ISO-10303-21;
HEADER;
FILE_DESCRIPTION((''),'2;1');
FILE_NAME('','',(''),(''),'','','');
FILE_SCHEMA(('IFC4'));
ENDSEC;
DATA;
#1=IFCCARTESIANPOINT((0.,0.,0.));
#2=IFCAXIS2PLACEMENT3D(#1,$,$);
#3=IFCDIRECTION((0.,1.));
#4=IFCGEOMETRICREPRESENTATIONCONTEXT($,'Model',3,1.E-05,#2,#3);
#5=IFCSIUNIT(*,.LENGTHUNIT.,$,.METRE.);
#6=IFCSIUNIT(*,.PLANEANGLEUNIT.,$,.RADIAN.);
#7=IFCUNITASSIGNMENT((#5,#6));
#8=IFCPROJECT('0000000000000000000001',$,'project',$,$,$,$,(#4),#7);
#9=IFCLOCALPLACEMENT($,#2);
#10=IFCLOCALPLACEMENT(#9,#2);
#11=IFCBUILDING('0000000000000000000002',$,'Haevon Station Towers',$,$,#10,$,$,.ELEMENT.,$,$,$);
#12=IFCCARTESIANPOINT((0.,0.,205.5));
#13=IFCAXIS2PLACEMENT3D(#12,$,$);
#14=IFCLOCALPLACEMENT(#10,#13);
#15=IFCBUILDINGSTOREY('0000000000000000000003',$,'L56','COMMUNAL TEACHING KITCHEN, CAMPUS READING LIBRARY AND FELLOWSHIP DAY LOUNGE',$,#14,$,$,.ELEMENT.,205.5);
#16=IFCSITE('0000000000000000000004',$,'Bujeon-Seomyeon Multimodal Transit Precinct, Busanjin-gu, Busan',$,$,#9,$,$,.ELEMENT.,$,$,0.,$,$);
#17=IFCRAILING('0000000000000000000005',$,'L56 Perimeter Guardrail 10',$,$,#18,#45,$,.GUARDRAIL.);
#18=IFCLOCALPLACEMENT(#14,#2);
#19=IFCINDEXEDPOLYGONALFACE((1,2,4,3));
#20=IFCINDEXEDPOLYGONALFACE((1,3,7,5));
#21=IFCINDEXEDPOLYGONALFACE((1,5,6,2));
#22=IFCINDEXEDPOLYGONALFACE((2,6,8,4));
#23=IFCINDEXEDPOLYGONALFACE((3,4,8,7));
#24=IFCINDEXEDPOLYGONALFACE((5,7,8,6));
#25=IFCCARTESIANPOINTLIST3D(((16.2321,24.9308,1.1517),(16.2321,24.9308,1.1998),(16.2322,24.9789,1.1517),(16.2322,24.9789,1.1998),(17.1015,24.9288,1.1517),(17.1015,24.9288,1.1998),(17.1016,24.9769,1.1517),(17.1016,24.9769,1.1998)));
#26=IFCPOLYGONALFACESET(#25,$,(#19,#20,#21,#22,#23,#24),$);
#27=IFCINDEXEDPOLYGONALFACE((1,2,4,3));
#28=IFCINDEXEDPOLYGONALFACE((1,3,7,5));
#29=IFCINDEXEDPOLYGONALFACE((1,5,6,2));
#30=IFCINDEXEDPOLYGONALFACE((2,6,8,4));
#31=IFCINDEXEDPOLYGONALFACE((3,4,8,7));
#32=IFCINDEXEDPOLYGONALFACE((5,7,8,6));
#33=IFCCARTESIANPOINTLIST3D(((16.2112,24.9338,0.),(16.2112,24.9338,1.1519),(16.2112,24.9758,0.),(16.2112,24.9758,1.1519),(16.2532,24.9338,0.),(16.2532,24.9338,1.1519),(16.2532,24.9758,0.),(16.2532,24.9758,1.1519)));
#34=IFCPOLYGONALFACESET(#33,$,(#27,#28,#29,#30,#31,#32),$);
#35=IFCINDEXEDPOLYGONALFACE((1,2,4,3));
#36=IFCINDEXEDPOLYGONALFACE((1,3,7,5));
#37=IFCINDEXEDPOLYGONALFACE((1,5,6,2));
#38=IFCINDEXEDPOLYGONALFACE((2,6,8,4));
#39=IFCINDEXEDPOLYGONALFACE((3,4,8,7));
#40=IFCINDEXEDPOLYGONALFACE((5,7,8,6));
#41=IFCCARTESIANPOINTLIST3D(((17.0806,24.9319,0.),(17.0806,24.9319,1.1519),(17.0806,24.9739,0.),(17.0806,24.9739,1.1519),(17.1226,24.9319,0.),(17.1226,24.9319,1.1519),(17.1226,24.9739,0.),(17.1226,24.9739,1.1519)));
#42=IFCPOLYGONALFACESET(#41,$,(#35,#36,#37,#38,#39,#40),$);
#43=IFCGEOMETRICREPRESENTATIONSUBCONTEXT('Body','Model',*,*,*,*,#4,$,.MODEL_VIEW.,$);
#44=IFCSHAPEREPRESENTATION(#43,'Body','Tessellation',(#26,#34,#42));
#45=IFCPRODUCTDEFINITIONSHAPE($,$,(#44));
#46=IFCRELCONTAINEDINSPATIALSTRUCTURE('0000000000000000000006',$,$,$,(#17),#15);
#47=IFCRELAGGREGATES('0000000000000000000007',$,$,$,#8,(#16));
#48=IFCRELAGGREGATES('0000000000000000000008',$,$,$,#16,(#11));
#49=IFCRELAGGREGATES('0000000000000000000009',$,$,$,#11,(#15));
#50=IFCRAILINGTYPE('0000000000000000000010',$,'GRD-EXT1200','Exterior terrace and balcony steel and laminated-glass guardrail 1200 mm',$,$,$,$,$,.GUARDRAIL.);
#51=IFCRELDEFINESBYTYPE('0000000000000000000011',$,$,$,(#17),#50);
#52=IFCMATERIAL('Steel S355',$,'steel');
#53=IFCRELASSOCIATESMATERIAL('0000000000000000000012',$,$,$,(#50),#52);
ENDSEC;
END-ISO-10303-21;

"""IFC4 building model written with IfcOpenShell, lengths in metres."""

from ifc_helpers import new_model, si_unit, direction, frame, origin, origin_2d, place, context, subcontext, project, spatial, rectangle, extrude, material, type_object, element, save


model = new_model("IFC4")

# Units and contexts
model_context = context("Model", 3, precision=1e-05, world=origin(), true_north=direction((0.0, 1.0)))
body_context = subcontext(model_context, "Body", "Model", "MODEL_VIEW")
ifc_project = project(units=[si_unit("LENGTHUNIT", "METRE"), si_unit("PLANEANGLEUNIT", "RADIAN")], contexts=[model_context])

# Site, building, storey
site_placement = place(None, origin())
site = spatial("IfcSite", under=ifc_project, at=site_placement, Name="Bujeon-Seomyeon Multimodal Transit Precinct, Busanjin-gu, Busan", CompositionType="ELEMENT", RefElevation=0.0)
building_placement = place(site_placement, origin())
building = spatial("IfcBuilding", under=site, at=building_placement, Name="Haevon Station Towers", CompositionType="ELEMENT")
storey_placement = place(building_placement, frame((0.0, 0.0, 205.5)))
storey = spatial("IfcBuildingStorey", under=building, at=storey_placement, Name="L56", Description="COMMUNAL TEACHING KITCHEN, CAMPUS READING LIBRARY AND FELLOWSHIP DAY LOUNGE", CompositionType="ELEMENT", Elevation=205.5)

# Shared definitions
ifc_material_1 = material(Name="Steel S355", Category="steel")

# Railing
railing_type = type_object("IfcRailingType", Name="GRD-EXT1200", Description="Exterior terrace and balcony steel and laminated-glass guardrail 1200 mm", PredefinedType="GUARDRAIL", material=ifc_material_1)
railing_1_placement = place(storey_placement, frame((16.2322, 24.9548, 0.0)))
element("IfcRailing", 1, at=railing_1_placement, inside=storey, type_object=railing_type, Name="L56 Perimeter Guardrail 10", PredefinedType="GUARDRAIL", context=body_context, shape_type="SweptSolid", body=[
    extrude(rectangle(XDim=0.0481, YDim=0.0481, at=origin_2d()), frame((0.0, 0.0, 1.1758), z_axis=(0.999997, -0.002247, 0.0), x_axis=(0.002247, 0.999997, 0.0)), (0.0, 0.0, 1.0), 0.8694),
    extrude(rectangle(XDim=0.042, YDim=0.042, at=origin_2d()), origin(), (0.0, 0.0, 1.0), 1.1519),
    extrude(rectangle(XDim=0.042, YDim=0.042, at=origin_2d()), frame((0.8694, -0.002, 0.0)), (0.0, 0.0, 1.0), 1.1519),
])

save(model, "model.ifc")
